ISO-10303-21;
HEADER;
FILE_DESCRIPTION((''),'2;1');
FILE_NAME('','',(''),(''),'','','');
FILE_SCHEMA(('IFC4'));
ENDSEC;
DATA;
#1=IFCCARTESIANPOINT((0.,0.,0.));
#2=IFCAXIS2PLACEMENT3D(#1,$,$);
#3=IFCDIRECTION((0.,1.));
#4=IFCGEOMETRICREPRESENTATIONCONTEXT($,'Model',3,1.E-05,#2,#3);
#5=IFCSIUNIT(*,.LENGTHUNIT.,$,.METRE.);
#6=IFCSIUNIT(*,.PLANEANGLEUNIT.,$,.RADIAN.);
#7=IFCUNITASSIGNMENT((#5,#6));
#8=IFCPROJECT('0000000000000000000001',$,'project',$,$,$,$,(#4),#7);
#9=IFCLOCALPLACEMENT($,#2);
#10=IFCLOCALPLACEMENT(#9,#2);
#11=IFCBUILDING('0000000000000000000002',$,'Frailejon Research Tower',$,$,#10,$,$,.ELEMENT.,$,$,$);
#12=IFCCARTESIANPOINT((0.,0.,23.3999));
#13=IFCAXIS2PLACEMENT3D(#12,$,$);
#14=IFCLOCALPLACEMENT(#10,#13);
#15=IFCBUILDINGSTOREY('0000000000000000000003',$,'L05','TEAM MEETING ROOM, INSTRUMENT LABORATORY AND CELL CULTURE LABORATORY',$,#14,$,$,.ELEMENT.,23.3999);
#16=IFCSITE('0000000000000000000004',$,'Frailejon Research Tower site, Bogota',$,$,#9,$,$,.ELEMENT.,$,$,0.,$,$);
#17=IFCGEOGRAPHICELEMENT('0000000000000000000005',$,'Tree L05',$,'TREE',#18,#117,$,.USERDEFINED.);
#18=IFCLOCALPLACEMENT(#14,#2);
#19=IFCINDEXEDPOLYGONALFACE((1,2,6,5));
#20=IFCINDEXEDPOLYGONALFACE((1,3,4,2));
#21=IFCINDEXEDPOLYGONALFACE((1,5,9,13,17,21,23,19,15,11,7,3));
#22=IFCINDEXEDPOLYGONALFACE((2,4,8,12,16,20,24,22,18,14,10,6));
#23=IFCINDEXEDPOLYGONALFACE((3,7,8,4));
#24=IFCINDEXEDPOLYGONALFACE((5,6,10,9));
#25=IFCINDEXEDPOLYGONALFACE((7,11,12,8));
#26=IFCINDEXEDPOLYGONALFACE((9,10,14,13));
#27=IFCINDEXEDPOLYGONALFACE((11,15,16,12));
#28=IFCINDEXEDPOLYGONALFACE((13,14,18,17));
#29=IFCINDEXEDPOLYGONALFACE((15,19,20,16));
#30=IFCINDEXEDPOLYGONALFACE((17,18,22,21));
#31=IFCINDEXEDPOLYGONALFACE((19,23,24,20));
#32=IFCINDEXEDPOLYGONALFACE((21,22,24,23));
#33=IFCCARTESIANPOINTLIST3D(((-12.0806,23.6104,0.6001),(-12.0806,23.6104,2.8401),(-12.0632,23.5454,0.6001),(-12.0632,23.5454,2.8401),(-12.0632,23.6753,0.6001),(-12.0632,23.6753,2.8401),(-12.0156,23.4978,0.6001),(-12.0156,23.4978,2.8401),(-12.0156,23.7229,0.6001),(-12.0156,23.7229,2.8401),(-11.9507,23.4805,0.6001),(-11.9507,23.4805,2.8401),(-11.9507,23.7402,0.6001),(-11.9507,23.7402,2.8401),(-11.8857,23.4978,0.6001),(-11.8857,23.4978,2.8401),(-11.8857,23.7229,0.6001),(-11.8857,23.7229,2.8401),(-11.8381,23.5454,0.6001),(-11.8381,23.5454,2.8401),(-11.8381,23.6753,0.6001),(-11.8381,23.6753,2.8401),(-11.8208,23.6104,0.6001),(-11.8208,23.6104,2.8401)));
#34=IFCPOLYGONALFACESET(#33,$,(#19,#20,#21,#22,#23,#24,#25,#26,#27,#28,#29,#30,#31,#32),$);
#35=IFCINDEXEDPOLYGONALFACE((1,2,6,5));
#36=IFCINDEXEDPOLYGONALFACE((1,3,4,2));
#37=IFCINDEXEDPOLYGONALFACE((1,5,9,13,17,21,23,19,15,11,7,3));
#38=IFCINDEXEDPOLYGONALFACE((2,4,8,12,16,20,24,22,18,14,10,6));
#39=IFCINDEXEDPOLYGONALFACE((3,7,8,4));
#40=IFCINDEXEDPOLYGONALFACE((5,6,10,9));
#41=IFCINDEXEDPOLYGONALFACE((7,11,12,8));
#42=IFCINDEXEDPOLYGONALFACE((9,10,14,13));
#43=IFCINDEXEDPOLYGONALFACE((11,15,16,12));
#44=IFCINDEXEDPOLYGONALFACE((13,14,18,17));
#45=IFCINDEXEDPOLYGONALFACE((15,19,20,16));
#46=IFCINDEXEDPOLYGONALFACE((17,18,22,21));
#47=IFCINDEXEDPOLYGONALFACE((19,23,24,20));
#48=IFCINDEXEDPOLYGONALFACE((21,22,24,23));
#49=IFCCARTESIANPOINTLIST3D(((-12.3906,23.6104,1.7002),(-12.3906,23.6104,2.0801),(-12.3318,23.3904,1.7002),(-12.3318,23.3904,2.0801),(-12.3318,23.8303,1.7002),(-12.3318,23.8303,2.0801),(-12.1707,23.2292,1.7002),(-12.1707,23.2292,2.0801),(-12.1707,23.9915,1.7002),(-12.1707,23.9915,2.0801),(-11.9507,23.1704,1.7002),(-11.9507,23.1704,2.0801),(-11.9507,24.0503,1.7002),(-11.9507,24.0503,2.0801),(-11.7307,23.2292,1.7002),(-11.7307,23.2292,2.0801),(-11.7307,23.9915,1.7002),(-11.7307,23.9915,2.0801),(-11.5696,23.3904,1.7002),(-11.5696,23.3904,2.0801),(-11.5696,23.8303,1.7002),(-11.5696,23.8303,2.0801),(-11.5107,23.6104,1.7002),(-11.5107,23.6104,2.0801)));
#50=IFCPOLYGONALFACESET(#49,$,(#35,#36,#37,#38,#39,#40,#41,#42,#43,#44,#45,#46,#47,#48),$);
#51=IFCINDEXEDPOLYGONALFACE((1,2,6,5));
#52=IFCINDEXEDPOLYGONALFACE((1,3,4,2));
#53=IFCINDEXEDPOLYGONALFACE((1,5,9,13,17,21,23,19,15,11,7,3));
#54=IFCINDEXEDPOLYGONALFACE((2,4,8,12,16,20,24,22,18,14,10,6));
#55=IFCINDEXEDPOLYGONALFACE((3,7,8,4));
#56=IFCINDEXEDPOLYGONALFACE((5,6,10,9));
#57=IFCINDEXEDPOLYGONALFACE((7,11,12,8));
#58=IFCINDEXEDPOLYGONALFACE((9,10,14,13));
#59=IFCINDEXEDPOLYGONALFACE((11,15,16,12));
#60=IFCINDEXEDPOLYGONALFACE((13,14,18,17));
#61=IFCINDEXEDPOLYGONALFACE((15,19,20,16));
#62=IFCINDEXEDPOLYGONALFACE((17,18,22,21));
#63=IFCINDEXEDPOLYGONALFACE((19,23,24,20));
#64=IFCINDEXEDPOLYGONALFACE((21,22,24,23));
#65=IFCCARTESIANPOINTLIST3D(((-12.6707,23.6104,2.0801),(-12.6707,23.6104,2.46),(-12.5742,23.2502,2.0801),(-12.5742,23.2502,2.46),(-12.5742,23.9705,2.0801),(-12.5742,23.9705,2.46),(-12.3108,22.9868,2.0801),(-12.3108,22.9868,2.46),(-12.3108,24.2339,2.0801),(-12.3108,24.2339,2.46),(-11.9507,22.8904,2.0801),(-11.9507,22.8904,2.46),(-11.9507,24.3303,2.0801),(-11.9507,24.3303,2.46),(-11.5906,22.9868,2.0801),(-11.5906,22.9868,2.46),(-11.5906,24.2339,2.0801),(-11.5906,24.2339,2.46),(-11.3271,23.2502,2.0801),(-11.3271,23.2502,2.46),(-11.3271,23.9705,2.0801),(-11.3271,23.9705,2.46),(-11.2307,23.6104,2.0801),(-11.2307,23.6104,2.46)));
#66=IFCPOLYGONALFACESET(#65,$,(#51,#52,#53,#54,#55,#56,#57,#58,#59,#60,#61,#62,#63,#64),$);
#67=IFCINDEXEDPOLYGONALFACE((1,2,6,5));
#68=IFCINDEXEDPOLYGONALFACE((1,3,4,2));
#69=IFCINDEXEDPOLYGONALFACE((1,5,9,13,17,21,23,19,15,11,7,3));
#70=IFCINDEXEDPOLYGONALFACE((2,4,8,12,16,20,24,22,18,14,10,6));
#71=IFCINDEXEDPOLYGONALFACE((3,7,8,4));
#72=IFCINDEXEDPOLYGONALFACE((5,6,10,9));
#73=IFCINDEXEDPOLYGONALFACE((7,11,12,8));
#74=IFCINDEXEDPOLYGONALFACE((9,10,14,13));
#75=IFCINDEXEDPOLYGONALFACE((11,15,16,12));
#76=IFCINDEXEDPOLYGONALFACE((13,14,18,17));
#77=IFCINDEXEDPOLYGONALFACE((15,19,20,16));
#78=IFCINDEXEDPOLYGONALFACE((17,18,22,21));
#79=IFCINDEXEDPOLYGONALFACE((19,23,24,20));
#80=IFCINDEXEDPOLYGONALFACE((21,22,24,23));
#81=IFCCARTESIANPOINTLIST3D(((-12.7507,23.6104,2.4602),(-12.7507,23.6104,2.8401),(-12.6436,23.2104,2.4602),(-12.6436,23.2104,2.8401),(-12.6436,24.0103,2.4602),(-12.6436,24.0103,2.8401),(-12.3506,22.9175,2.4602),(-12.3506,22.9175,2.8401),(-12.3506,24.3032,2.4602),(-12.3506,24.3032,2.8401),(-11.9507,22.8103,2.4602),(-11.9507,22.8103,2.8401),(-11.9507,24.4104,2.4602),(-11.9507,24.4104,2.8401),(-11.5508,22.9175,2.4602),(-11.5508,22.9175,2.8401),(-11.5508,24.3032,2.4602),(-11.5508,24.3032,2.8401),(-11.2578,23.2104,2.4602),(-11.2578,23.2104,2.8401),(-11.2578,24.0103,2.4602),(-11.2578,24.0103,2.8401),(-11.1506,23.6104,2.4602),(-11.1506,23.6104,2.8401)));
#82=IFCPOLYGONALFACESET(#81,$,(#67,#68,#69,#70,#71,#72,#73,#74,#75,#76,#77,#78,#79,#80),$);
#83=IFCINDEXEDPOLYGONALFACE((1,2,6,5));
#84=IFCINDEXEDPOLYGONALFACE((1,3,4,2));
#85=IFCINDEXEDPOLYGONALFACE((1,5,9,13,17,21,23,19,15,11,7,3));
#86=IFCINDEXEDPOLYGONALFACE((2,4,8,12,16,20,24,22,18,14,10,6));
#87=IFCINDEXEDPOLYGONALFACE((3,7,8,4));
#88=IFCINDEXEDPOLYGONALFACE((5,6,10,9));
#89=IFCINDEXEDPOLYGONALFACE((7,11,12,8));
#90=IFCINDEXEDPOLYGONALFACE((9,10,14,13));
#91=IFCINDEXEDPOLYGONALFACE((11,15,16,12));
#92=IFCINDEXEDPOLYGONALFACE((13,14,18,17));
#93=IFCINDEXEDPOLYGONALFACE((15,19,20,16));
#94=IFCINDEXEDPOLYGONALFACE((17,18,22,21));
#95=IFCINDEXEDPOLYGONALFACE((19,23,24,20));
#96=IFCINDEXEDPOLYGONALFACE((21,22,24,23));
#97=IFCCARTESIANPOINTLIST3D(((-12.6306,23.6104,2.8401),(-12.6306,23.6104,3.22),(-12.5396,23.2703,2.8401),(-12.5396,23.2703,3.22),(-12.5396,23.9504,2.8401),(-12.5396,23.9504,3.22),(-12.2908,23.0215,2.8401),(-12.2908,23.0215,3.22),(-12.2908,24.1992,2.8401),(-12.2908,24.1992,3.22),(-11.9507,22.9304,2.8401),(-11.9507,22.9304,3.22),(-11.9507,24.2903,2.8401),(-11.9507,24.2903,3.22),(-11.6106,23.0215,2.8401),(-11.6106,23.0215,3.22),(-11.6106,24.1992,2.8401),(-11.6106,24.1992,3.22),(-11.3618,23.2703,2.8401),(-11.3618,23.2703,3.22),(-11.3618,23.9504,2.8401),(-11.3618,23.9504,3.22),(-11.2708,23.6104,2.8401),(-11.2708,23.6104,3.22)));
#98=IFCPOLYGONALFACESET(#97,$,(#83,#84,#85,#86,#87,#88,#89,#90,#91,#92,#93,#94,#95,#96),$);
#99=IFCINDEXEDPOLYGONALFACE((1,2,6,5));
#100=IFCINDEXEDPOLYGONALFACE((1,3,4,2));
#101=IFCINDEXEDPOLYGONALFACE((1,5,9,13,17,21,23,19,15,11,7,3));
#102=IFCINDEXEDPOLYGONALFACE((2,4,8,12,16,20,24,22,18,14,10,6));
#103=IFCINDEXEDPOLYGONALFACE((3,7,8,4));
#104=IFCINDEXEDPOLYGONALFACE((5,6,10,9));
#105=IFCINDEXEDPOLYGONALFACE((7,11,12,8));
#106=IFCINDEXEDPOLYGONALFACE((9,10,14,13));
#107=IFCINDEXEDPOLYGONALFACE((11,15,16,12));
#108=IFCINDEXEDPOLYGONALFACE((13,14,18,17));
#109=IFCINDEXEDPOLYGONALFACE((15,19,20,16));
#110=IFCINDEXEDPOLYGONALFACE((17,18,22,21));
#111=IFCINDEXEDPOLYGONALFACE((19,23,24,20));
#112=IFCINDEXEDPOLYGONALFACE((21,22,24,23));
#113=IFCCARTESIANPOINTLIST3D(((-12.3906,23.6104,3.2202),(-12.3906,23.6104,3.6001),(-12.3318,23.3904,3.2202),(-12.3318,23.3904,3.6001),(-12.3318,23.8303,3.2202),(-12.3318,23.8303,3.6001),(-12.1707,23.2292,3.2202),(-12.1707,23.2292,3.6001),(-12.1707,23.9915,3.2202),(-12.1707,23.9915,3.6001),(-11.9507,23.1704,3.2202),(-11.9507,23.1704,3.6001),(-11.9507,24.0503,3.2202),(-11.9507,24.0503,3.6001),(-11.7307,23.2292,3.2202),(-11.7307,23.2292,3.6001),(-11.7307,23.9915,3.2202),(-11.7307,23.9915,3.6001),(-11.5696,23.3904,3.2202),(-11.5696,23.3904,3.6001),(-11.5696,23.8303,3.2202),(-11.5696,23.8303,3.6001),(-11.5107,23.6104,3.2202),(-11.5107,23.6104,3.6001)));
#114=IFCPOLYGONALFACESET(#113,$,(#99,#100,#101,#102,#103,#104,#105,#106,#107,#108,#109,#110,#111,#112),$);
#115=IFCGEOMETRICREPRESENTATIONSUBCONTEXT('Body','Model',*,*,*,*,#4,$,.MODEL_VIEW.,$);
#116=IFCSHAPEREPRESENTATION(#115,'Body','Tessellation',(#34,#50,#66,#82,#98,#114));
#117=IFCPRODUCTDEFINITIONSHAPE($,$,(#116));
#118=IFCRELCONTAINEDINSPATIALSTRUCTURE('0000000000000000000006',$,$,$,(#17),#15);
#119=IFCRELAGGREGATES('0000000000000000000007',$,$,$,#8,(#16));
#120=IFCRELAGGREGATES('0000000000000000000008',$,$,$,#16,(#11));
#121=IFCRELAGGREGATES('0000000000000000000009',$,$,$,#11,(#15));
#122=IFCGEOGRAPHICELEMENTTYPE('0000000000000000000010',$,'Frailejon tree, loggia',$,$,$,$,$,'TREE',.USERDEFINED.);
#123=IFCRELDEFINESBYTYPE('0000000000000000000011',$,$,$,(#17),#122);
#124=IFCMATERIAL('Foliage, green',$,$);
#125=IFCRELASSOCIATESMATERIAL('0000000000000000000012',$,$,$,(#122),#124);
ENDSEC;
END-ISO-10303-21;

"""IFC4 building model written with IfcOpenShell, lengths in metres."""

from ifc_helpers import new_model, si_unit, direction, frame, origin, place, context, subcontext, project, spatial, polyline, outline, extrude, material, type_object, element, save


model = new_model("IFC4")

# Units and contexts
model_context = context("Model", 3, precision=1e-05, world=origin(), true_north=direction((0.0, 1.0)))
body_context = subcontext(model_context, "Body", "Model", "MODEL_VIEW")
ifc_project = project(units=[si_unit("LENGTHUNIT", "METRE"), si_unit("PLANEANGLEUNIT", "RADIAN")], contexts=[model_context])

# Site, building, storey
site_placement = place(None, origin())
site = spatial("IfcSite", under=ifc_project, at=site_placement, Name="Frailejon Research Tower site, Bogota", CompositionType="ELEMENT", RefElevation=0.0)
building_placement = place(site_placement, origin())
building = spatial("IfcBuilding", under=site, at=building_placement, Name="Frailejon Research Tower", CompositionType="ELEMENT")
storey_placement = place(building_placement, frame((0.0, 0.0, 23.3999)))
storey = spatial("IfcBuildingStorey", under=building, at=storey_placement, Name="L05", Description="TEAM MEETING ROOM, INSTRUMENT LABORATORY AND CELL CULTURE LABORATORY", CompositionType="ELEMENT", Elevation=23.3999)

# Geographic element
ifc_material_1 = material(Name="Foliage, green")
geographic_element_type = type_object("IfcGeographicElementType", Name="Frailejon tree, loggia", ElementType="TREE", PredefinedType="USERDEFINED", material=ifc_material_1)
geographic_element_placement = place(storey_placement, frame((-11.9507, 23.6104, 0.6001)))
element("IfcGeographicElement", 1, at=geographic_element_placement, inside=storey, type_object=geographic_element_type, Name="Tree L05", ObjectType="TREE", PredefinedType="USERDEFINED", context=body_context, shape_type="SweptSolid", body=[
    extrude(outline(polyline([(0.1299, 0.0), (0.1125, 0.0649), (0.0649, 0.1125), (0.0, 0.1299), (-0.0649, 0.1125), (-0.1125, 0.0649), (-0.1299, 0.0), (-0.1125, -0.0649), (-0.0649, -0.1125), (0.0, -0.1299), (0.0649, -0.1125), (0.1125, -0.0649), (0.1299, 0.0)])), origin(), (0.0, 0.0, 1.0), 2.24),
    extrude(outline(polyline([(0.4399, 0.0), (0.3811, 0.22), (0.22, 0.3811), (0.0, 0.4399), (-0.22, 0.3811), (-0.3811, 0.22), (-0.4399, 0.0), (-0.3811, -0.22), (-0.22, -0.3811), (0.0, -0.4399), (0.22, -0.3811), (0.3811, -0.22), (0.4399, 0.0)])), frame((0.0, 0.0, 1.1001)), (0.0, 0.0, 1.0), 0.3799),
    extrude(outline(polyline([(0.72, 0.0), (0.6235, 0.3601), (0.3601, 0.6235), (0.0, 0.72), (-0.3601, 0.6235), (-0.6235, 0.3601), (-0.72, 0.0), (-0.6235, -0.3601), (-0.3601, -0.6235), (0.0, -0.72), (0.3601, -0.6235), (0.6235, -0.3601), (0.72, 0.0)])), frame((0.0, 0.0, 1.48)), (0.0, 0.0, 1.0), 0.3799),
    extrude(outline(polyline([(0.8, 0.0), (0.6929, 0.3999), (0.3999, 0.6929), (0.0, 0.8), (-0.3999, 0.6929), (-0.6929, 0.3999), (-0.8, 0.0), (-0.6929, -0.3999), (-0.3999, -0.6929), (0.0, -0.8), (0.3999, -0.6929), (0.6929, -0.3999), (0.8, 0.0)])), frame((0.0, 0.0, 1.8601)), (0.0, 0.0, 1.0), 0.3799),
    extrude(outline(polyline([(0.6799, 0.0), (0.5889, 0.3401), (0.3401, 0.5889), (0.0, 0.6799), (-0.3401, 0.5889), (-0.5889, 0.3401), (-0.6799, 0.0), (-0.5889, -0.3401), (-0.3401, -0.5889), (0.0, -0.6799), (0.3401, -0.5889), (0.5889, -0.3401), (0.6799, 0.0)])), frame((0.0, 0.0, 2.24)), (0.0, 0.0, 1.0), 0.3799),
    extrude(outline(polyline([(0.4399, 0.0), (0.3811, 0.22), (0.22, 0.3811), (0.0, 0.4399), (-0.22, 0.3811), (-0.3811, 0.22), (-0.4399, 0.0), (-0.3811, -0.22), (-0.22, -0.3811), (0.0, -0.4399), (0.22, -0.3811), (0.3811, -0.22), (0.4399, 0.0)])), frame((0.0, 0.0, 2.6201)), (0.0, 0.0, 1.0), 0.3799),
])

save(model, "model.ifc")
